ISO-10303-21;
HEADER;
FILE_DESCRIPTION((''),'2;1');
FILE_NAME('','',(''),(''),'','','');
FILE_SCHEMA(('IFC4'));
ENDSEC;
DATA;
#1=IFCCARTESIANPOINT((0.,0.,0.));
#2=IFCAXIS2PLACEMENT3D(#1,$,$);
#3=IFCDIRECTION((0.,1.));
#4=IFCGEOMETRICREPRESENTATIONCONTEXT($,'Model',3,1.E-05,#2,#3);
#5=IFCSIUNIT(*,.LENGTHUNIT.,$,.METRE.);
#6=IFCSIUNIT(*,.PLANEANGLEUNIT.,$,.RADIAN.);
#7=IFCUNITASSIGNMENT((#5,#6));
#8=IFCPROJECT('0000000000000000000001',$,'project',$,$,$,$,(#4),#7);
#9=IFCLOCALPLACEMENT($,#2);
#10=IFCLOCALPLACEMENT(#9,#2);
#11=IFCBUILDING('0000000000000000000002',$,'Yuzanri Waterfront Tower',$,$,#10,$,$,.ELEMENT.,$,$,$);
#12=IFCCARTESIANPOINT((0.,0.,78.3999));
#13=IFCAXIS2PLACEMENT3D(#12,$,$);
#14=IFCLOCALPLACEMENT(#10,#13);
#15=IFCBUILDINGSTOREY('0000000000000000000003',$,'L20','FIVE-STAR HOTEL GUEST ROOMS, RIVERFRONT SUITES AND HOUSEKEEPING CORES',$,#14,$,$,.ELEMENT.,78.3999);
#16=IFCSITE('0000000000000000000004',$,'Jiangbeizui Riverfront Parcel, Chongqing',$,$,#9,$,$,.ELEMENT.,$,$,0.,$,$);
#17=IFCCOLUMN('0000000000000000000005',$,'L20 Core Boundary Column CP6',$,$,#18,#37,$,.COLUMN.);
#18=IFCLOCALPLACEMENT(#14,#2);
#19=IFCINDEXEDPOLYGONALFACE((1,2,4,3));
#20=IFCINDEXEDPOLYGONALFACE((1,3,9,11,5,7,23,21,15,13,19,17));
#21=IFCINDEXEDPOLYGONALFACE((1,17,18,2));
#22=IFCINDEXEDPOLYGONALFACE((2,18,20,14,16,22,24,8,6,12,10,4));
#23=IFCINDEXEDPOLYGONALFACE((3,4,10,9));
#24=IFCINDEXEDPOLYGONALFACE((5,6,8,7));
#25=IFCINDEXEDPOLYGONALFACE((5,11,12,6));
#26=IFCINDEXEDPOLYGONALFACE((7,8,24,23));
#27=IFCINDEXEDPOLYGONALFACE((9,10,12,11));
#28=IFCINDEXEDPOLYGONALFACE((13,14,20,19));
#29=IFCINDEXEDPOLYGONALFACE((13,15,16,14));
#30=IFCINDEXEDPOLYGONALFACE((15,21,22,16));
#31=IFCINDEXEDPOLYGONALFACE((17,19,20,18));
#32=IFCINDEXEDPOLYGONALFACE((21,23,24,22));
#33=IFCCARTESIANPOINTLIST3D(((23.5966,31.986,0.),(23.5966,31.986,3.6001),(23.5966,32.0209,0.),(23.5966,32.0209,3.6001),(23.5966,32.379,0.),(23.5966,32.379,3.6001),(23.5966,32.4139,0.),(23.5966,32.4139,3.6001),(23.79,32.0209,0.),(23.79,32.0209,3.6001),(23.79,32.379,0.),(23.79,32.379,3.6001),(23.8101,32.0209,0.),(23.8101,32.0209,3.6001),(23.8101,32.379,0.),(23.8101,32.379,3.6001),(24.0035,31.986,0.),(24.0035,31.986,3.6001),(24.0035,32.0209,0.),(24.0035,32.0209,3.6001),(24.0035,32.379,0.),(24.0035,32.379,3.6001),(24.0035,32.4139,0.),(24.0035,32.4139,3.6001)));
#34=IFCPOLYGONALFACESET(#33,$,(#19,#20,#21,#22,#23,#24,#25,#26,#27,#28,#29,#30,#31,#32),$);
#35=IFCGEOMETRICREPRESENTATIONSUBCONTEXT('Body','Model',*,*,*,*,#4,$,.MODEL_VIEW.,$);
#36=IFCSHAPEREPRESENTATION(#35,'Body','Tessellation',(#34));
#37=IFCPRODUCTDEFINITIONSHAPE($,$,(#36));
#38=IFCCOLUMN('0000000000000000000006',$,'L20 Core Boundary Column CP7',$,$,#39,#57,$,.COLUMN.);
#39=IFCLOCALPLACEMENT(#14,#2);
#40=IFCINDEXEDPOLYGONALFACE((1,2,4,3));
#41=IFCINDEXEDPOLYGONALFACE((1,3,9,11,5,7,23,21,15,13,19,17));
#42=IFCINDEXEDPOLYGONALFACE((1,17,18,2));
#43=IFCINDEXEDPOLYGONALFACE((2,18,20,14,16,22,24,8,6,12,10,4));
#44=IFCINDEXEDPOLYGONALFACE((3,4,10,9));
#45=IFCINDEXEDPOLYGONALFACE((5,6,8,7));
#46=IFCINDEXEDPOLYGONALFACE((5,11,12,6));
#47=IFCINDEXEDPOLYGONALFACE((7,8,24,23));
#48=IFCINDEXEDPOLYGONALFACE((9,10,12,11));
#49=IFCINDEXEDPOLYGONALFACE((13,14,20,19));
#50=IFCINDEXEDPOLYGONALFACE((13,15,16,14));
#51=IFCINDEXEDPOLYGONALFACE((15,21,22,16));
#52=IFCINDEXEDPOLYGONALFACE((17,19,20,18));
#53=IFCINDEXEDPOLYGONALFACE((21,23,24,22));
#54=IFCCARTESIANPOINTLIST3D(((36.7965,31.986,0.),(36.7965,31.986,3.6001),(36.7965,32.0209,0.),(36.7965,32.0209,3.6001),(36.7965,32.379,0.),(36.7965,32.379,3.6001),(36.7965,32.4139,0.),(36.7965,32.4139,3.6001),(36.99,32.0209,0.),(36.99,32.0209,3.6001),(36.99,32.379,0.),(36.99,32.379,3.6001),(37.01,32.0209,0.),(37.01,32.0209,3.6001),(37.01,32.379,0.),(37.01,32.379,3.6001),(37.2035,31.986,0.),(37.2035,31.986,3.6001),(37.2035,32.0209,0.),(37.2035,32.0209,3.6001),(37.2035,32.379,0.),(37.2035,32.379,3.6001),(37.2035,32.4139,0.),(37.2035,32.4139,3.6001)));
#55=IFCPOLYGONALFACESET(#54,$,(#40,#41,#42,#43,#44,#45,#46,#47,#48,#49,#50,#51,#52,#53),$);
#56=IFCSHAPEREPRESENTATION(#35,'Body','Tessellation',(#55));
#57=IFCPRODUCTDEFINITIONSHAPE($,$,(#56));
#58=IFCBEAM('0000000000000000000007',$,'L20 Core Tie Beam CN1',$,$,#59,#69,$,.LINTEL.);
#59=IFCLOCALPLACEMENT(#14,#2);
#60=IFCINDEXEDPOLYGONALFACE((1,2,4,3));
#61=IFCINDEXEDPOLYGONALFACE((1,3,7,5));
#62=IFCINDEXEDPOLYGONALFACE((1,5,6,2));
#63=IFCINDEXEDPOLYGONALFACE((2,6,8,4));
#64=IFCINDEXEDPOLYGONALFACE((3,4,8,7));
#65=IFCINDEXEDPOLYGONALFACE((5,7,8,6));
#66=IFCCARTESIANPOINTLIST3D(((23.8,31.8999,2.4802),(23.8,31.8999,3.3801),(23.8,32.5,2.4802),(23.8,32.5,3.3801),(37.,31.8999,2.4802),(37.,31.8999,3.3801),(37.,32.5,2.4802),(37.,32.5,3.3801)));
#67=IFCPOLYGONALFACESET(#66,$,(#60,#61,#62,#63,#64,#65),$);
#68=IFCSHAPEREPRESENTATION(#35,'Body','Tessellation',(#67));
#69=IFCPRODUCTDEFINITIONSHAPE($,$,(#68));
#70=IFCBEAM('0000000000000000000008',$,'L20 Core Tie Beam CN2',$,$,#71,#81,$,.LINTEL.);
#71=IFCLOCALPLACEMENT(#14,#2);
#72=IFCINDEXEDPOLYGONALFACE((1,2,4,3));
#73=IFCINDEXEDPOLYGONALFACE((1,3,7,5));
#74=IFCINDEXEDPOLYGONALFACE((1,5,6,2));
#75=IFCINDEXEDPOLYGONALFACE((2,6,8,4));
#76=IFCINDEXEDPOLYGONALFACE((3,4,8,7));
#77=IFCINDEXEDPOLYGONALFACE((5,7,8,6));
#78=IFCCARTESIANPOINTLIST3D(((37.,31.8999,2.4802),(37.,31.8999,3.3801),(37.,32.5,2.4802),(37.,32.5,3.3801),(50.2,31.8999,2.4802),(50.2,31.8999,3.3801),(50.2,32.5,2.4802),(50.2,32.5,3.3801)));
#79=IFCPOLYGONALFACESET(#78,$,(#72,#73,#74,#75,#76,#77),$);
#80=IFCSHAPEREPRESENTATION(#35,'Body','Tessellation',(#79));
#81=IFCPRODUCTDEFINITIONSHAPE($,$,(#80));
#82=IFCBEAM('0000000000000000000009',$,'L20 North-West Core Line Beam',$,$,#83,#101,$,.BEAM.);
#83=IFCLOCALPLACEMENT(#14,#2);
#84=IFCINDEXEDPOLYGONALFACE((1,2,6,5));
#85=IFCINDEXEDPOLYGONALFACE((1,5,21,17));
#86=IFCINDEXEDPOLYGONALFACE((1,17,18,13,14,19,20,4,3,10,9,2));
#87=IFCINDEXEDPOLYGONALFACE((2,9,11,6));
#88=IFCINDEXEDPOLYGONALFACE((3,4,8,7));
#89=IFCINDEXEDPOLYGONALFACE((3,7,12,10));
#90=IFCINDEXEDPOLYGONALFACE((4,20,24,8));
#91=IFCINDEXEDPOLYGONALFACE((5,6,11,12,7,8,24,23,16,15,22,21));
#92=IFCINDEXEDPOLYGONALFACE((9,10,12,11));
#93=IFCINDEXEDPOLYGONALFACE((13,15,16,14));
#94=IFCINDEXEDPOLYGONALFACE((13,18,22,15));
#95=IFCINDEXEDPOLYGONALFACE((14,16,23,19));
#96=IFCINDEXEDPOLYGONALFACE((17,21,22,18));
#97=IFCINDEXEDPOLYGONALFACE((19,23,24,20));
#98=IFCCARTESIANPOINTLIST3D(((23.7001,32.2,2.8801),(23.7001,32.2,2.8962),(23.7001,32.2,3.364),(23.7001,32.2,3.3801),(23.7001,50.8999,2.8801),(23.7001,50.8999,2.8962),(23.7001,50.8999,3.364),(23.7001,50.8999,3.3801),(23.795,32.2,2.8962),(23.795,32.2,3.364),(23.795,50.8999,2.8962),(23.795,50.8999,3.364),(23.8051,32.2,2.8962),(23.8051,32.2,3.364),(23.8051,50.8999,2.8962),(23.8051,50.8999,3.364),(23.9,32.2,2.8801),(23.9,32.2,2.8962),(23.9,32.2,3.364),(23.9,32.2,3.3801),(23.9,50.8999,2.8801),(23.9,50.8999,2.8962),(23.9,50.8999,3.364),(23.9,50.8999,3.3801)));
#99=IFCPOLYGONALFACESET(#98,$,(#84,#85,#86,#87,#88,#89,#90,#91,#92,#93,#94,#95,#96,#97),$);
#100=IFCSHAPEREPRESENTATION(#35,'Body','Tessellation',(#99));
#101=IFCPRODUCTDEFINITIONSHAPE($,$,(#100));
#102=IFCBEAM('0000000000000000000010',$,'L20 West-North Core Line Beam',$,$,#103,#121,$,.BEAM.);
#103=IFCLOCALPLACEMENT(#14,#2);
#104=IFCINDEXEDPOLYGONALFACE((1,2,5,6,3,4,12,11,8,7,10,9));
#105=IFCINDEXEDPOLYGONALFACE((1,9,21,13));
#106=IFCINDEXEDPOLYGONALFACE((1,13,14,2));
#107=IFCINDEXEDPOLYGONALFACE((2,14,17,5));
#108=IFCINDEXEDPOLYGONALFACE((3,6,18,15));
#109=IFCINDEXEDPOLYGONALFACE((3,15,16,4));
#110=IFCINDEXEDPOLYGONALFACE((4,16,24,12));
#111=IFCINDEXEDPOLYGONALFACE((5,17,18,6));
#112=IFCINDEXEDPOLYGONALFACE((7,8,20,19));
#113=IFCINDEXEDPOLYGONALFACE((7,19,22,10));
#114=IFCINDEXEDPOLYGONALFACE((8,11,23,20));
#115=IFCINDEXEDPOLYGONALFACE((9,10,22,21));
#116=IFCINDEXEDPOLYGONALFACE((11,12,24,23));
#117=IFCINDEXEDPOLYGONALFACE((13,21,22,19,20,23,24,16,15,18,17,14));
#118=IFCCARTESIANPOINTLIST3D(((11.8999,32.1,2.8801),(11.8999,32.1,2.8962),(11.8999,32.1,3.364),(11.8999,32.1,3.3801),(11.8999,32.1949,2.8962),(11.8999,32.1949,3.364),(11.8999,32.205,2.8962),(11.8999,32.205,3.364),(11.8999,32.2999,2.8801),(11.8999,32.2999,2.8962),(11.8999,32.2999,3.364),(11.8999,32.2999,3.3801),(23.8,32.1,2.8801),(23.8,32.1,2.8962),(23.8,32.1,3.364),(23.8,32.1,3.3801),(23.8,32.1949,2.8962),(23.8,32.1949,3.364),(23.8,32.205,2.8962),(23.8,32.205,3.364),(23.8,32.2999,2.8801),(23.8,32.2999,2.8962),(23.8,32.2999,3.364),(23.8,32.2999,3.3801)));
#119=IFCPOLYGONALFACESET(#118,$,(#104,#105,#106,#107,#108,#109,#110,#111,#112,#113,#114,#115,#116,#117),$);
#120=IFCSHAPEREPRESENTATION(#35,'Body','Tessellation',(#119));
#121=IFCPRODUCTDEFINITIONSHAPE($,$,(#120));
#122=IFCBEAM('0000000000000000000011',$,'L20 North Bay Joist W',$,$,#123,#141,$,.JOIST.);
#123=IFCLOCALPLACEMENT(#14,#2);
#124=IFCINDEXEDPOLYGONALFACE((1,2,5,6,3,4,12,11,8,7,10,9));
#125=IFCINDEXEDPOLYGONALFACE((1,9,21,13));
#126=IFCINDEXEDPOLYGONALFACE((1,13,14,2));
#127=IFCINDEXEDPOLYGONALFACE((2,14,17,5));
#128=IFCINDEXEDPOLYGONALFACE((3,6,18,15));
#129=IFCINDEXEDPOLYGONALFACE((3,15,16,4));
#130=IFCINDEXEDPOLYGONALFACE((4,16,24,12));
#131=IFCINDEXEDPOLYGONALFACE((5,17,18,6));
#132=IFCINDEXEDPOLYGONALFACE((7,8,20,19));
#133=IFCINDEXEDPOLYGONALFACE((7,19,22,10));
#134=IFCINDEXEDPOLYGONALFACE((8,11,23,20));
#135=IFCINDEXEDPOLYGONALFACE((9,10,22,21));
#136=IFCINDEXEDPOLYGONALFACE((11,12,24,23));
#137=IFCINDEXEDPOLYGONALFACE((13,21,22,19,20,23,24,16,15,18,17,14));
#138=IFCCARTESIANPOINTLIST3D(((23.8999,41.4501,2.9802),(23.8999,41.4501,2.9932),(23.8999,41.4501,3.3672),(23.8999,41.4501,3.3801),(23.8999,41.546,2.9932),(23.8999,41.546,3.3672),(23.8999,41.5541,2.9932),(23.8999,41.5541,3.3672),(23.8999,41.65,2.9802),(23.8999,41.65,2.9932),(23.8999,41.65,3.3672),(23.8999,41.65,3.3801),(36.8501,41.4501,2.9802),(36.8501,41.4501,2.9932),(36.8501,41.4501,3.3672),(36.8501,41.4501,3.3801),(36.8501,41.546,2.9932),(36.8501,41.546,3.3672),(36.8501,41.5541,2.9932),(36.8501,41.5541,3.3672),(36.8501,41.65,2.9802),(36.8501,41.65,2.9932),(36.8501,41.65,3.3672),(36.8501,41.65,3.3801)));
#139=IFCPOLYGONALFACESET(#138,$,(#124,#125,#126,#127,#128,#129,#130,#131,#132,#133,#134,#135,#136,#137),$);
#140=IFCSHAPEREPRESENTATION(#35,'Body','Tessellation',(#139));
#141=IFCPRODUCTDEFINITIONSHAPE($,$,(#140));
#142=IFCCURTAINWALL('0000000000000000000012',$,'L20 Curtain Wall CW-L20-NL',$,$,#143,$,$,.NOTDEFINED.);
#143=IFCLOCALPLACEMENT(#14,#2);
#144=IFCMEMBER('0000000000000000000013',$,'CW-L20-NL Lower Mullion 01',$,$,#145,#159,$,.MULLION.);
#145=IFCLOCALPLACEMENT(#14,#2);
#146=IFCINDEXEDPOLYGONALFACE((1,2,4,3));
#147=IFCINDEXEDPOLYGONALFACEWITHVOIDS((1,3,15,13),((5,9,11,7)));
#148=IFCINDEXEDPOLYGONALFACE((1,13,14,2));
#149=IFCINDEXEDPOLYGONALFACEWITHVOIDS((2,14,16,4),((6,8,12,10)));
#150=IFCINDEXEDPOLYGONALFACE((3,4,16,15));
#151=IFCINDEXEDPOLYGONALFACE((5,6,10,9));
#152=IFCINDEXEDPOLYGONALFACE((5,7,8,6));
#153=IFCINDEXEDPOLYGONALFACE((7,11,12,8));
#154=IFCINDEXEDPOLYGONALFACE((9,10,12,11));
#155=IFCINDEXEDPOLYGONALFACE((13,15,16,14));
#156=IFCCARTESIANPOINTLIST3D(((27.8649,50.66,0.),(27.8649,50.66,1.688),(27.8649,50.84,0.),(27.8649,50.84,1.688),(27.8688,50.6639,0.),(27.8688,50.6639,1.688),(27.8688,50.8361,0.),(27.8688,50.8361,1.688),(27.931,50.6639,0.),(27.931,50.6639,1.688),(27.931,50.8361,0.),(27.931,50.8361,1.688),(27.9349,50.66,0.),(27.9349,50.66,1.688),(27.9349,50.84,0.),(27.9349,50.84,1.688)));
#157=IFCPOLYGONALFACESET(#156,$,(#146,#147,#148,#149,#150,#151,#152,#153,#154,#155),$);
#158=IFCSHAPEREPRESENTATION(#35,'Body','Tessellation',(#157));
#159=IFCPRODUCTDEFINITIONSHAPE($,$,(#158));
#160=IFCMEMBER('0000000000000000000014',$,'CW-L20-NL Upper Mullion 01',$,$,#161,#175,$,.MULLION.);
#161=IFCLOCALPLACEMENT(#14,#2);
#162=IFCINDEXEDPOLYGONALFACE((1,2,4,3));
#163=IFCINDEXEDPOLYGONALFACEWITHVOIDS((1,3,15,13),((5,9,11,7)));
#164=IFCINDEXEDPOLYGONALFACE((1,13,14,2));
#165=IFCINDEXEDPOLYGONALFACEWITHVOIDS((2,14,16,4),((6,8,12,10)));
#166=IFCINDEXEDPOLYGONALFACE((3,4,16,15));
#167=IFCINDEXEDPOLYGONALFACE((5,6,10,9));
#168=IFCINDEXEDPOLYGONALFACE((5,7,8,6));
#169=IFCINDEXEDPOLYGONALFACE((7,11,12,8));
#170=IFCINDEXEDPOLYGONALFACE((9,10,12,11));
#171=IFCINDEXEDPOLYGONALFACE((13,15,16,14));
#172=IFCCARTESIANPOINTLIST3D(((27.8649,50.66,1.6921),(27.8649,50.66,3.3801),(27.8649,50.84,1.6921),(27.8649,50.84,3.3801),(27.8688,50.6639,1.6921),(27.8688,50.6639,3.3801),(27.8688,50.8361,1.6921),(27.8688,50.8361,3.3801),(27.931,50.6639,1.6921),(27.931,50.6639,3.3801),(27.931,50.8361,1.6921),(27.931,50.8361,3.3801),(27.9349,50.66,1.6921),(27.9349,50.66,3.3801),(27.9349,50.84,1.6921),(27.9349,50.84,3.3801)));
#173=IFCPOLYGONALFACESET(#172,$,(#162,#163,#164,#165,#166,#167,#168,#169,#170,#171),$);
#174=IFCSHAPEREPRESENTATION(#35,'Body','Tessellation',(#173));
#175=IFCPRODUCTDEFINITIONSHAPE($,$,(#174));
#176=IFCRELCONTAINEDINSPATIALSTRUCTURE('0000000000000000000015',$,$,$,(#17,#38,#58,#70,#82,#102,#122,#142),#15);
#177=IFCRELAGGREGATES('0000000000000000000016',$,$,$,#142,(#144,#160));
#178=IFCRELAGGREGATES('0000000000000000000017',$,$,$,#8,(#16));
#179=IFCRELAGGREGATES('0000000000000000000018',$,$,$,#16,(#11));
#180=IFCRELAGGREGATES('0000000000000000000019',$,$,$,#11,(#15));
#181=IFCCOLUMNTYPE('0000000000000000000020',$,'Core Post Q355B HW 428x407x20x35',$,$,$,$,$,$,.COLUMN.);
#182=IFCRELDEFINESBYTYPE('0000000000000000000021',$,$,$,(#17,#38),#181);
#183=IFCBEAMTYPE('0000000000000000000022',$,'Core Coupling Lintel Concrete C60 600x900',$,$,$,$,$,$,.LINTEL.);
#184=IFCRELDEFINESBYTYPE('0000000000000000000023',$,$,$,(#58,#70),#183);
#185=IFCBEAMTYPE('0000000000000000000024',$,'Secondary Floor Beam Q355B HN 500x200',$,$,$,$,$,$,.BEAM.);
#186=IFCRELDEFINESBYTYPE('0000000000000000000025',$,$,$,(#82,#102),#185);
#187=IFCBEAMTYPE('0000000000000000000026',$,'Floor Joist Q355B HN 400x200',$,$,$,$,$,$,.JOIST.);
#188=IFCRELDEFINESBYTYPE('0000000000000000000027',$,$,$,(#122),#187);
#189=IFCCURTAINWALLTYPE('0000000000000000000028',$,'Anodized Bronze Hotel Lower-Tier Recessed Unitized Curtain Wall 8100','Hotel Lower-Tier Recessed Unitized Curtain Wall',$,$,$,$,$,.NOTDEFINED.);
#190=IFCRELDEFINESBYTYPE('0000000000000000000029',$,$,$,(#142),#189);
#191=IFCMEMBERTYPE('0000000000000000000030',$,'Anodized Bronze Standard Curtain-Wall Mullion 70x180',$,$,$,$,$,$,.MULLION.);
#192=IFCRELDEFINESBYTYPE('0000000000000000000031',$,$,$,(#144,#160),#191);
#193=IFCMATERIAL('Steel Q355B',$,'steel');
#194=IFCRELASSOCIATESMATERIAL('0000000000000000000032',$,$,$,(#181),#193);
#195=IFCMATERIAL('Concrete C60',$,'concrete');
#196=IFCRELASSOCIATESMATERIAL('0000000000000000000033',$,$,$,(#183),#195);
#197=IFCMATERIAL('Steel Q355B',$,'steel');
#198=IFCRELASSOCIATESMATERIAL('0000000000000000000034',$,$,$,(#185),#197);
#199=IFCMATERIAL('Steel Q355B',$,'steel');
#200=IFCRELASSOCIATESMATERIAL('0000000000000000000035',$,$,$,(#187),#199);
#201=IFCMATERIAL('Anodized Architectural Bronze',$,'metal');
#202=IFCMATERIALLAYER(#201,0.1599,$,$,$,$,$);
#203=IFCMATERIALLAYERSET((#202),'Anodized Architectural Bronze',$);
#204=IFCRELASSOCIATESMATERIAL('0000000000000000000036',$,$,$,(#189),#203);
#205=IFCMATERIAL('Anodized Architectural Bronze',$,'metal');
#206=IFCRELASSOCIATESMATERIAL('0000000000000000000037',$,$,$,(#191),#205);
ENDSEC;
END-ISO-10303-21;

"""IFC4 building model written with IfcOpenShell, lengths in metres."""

from ifc_helpers import new_model, si_unit, direction, frame, origin, origin_2d, place, context, subcontext, project, spatial, rectangle, hollow_rectangle, i_section, extrude, source, transform, mapped, material, layer, layer_set, material_profile, profile_set, type_object, element, aggregate, save


model = new_model("IFC4")

# Units and contexts
model_context = context("Model", 3, precision=1e-05, world=origin(), true_north=direction((0.0, 1.0)))
body_context = subcontext(model_context, "Body", "Model", "MODEL_VIEW")
ifc_project = project(units=[si_unit("LENGTHUNIT", "METRE"), si_unit("PLANEANGLEUNIT", "RADIAN")], contexts=[model_context])

# Site, building, storey
site_placement = place(None, origin())
site = spatial("IfcSite", under=ifc_project, at=site_placement, Name="Jiangbeizui Riverfront Parcel, Chongqing", CompositionType="ELEMENT", RefElevation=0.0)
building_placement = place(site_placement, origin())
building = spatial("IfcBuilding", under=site, at=building_placement, Name="Yuzanri Waterfront Tower", CompositionType="ELEMENT")
storey_placement = place(building_placement, frame((0.0, 0.0, 78.3999)))
storey = spatial("IfcBuildingStorey", under=building, at=storey_placement, Name="L20", Description="FIVE-STAR HOTEL GUEST ROOMS, RIVERFRONT SUITES AND HOUSEKEEPING CORES", CompositionType="ELEMENT", Elevation=78.3999)

# Columns
ifc_material_1 = material(Name="Steel Q355B", Category="steel")
ifc_material_profile_1 = material_profile(ifc_material_1, i_section(OverallWidth=0.407, OverallDepth=0.428, WebThickness=0.02, FlangeThickness=0.0349, at=origin_2d()), Name="HW 428x407x20x35")
ifc_profile_set_1 = profile_set([ifc_material_profile_1], Name="Steel Q355B")
column_type = type_object("IfcColumnType", Name="Core Post Q355B HW 428x407x20x35", PredefinedType="COLUMN", material=ifc_profile_set_1)
shared_shape_1 = source(origin(), body_context, "Body", "SweptSolid", [
    extrude(i_section(OverallWidth=0.407, OverallDepth=0.428, WebThickness=0.02, FlangeThickness=0.0349, at=origin_2d()), origin(), (0.0, 0.0, 1.0), 3.6001),
])
for number, where, z_axis, x_axis, name in (
    (1, (23.8, 32.2, 0.0), (0.0, 0.0, 1.0), (1.0, 0.0, 0.0), "L20 Core Boundary Column CP6"),
    (2, (37.0, 32.2, 0.0), (0.0, 0.0, 1.0), (1.0, 0.0, 0.0), "L20 Core Boundary Column CP7"),
):
    element("IfcColumn", number, at=place(storey_placement, frame(where, z_axis=z_axis, x_axis=x_axis)), inside=storey, type_object=column_type, Name=name, PredefinedType="COLUMN", context=body_context, shape_type="MappedRepresentation", body=[
        mapped(shared_shape_1, transform((0.0, 0.0, 0.0), scale=1.0)),
    ])

# Beams
ifc_material_2 = material(Name="Concrete C60", Category="concrete")
ifc_material_profile_2 = material_profile(ifc_material_2, rectangle(XDim=0.6001, YDim=0.8999, at=origin_2d()), Name="RC 600x900")
ifc_profile_set_2 = profile_set([ifc_material_profile_2], Name="Concrete C60")
beam_type_1 = type_object("IfcBeamType", Name="Core Coupling Lintel Concrete C60 600x900", PredefinedType="LINTEL", material=ifc_profile_set_2)
shared_shape_2 = source(origin(), body_context, "Body", "SweptSolid", [
    extrude(rectangle(XDim=0.6001, YDim=0.8999, at=origin_2d()), origin(), (0.0, 0.0, 1.0), 13.2),
])
for number, where, z_axis, x_axis, name in (
    (3, (23.8, 32.2, 2.9302), (1.0, 0.0, 0.0), (0.0, 1.0, 0.0), "L20 Core Tie Beam CN1"),
    (4, (37.0, 32.2, 2.9302), (1.0, 0.0, 0.0), (0.0, 1.0, 0.0), "L20 Core Tie Beam CN2"),
):
    element("IfcBeam", number, at=place(storey_placement, frame(where, z_axis=z_axis, x_axis=x_axis)), inside=storey, type_object=beam_type_1, Name=name, PredefinedType="LINTEL", context=body_context, shape_type="MappedRepresentation", body=[
        mapped(shared_shape_2, transform((0.0, 0.0, 0.0), scale=1.0)),
    ])
ifc_material_3 = material(Name="Steel Q355B", Category="steel")
ifc_material_profile_3 = material_profile(ifc_material_3, i_section(OverallWidth=0.2, OverallDepth=0.5, WebThickness=0.01, FlangeThickness=0.0161, at=origin_2d()), Name="HN 500x200x10x16")
ifc_profile_set_3 = profile_set([ifc_material_profile_3], Name="Steel Q355B")
beam_type_2 = type_object("IfcBeamType", Name="Secondary Floor Beam Q355B HN 500x200", PredefinedType="BEAM", material=ifc_profile_set_3)
shared_shape_3 = source(origin(), body_context, "Body", "SweptSolid", [
    extrude(i_section(OverallWidth=0.2, OverallDepth=0.5, WebThickness=0.01, FlangeThickness=0.0161, at=origin_2d()), origin(), (0.0, 0.0, 1.0), 18.7),
])
beam_1_placement = place(storey_placement, frame((23.8, 32.2, 3.1301), z_axis=(0.0, 1.0, 0.0), x_axis=(-1.0, 0.0, 0.0)))
element("IfcBeam", 5, at=beam_1_placement, inside=storey, type_object=beam_type_2, Name="L20 North-West Core Line Beam", PredefinedType="BEAM", context=body_context, shape_type="MappedRepresentation", body=[
    mapped(shared_shape_3, transform((0.0, 0.0, 0.0), scale=1.0)),
])
shared_shape_4 = source(origin(), body_context, "Body", "SweptSolid", [
    extrude(i_section(OverallWidth=0.2, OverallDepth=0.5, WebThickness=0.01, FlangeThickness=0.0161, at=origin_2d()), origin(), (0.0, 0.0, 1.0), 11.9001),
])
beam_2_placement = place(storey_placement, frame((23.8, 32.2, 3.1301), z_axis=(-1.0, 0.0, 0.0), x_axis=(0.0, -1.0, 0.0)))
element("IfcBeam", 6, at=beam_2_placement, inside=storey, type_object=beam_type_2, Name="L20 West-North Core Line Beam", PredefinedType="BEAM", context=body_context, shape_type="MappedRepresentation", body=[
    mapped(shared_shape_4, transform((0.0, 0.0, 0.0), scale=1.0)),
])
ifc_material_4 = material(Name="Steel Q355B", Category="steel")
ifc_material_profile_4 = material_profile(ifc_material_4, i_section(OverallWidth=0.2, OverallDepth=0.3999, WebThickness=0.0081, FlangeThickness=0.0129, at=origin_2d()), Name="HN 400x200x8x13")
ifc_profile_set_4 = profile_set([ifc_material_profile_4], Name="Steel Q355B")
beam_type_3 = type_object("IfcBeamType", Name="Floor Joist Q355B HN 400x200", PredefinedType="JOIST", material=ifc_profile_set_4)
shared_shape_5 = source(origin(), body_context, "Body", "SweptSolid", [
    extrude(i_section(OverallWidth=0.2, OverallDepth=0.3999, WebThickness=0.0081, FlangeThickness=0.0129, at=origin_2d()), origin(), (0.0, 0.0, 1.0), 12.9502),
])
beam_3_placement = place(storey_placement, frame((23.8999, 41.55, 3.1802), z_axis=(1.0, 0.0, 0.0), x_axis=(0.0, 1.0, 0.0)))
element("IfcBeam", 7, at=beam_3_placement, inside=storey, type_object=beam_type_3, Name="L20 North Bay Joist W", PredefinedType="JOIST", context=body_context, shape_type="MappedRepresentation", body=[
    mapped(shared_shape_5, transform((0.0, 0.0, 0.0), scale=1.0)),
])

# Curtain wall, members
ifc_material_5 = material(Name="Anodized Architectural Bronze", Category="metal")
ifc_layer_1 = layer(ifc_material_5, 0.1599)
ifc_layer_set_1 = layer_set([ifc_layer_1], Name="Anodized Architectural Bronze")
curtain_wall_type = type_object("IfcCurtainWallType", Name="Anodized Bronze Hotel Lower-Tier Recessed Unitized Curtain Wall 8100", Description="Hotel Lower-Tier Recessed Unitized Curtain Wall", PredefinedType="NOTDEFINED", material=ifc_layer_set_1)
curtain_wall_placement = place(storey_placement, origin())
curtain_wall = element("IfcCurtainWall", 8, at=curtain_wall_placement, inside=storey, type_object=curtain_wall_type, Name="L20 Curtain Wall CW-L20-NL", PredefinedType="NOTDEFINED")
ifc_material_6 = material(Name="Anodized Architectural Bronze", Category="metal")
ifc_material_profile_5 = material_profile(ifc_material_6, hollow_rectangle(XDim=0.0701, YDim=0.1799, WallThickness=0.0039, at=origin_2d()), Name="CWM 70x180")
ifc_profile_set_5 = profile_set([ifc_material_profile_5], Name="Anodized Architectural Bronze")
member_type = type_object("IfcMemberType", Name="Anodized Bronze Standard Curtain-Wall Mullion 70x180", PredefinedType="MULLION", material=ifc_profile_set_5)
shared_shape_6 = source(origin(), body_context, "Body", "SweptSolid", [
    extrude(hollow_rectangle(XDim=0.0701, YDim=0.1799, WallThickness=0.0039, at=origin_2d()), origin(), (0.0, 0.0, 1.0), 1.688),
])
member_1_placement = place(storey_placement, frame((27.8999, 50.75, 0.0), z_axis=(0.0, 0.0, 1.0), x_axis=(1.0, 0.0, 0.0)))
member_1 = element("IfcMember", 9, at=member_1_placement, type_object=member_type, Name="CW-L20-NL Lower Mullion 01", PredefinedType="MULLION", context=body_context, shape_type="MappedRepresentation", body=[
    mapped(shared_shape_6, transform((0.0, 0.0, 0.0), scale=1.0)),
])
member_2_placement = place(storey_placement, frame((27.8999, 50.75, 1.6921), z_axis=(0.0, 0.0, 1.0), x_axis=(1.0, 0.0, 0.0)))
member_2 = element("IfcMember", 10, at=member_2_placement, type_object=member_type, Name="CW-L20-NL Upper Mullion 01", PredefinedType="MULLION", context=body_context, shape_type="MappedRepresentation", body=[
    mapped(shared_shape_6, transform((0.0, 0.0, 0.0), scale=1.0)),
])
aggregate(curtain_wall, [member_1, member_2])

save(model, "model.ifc")
